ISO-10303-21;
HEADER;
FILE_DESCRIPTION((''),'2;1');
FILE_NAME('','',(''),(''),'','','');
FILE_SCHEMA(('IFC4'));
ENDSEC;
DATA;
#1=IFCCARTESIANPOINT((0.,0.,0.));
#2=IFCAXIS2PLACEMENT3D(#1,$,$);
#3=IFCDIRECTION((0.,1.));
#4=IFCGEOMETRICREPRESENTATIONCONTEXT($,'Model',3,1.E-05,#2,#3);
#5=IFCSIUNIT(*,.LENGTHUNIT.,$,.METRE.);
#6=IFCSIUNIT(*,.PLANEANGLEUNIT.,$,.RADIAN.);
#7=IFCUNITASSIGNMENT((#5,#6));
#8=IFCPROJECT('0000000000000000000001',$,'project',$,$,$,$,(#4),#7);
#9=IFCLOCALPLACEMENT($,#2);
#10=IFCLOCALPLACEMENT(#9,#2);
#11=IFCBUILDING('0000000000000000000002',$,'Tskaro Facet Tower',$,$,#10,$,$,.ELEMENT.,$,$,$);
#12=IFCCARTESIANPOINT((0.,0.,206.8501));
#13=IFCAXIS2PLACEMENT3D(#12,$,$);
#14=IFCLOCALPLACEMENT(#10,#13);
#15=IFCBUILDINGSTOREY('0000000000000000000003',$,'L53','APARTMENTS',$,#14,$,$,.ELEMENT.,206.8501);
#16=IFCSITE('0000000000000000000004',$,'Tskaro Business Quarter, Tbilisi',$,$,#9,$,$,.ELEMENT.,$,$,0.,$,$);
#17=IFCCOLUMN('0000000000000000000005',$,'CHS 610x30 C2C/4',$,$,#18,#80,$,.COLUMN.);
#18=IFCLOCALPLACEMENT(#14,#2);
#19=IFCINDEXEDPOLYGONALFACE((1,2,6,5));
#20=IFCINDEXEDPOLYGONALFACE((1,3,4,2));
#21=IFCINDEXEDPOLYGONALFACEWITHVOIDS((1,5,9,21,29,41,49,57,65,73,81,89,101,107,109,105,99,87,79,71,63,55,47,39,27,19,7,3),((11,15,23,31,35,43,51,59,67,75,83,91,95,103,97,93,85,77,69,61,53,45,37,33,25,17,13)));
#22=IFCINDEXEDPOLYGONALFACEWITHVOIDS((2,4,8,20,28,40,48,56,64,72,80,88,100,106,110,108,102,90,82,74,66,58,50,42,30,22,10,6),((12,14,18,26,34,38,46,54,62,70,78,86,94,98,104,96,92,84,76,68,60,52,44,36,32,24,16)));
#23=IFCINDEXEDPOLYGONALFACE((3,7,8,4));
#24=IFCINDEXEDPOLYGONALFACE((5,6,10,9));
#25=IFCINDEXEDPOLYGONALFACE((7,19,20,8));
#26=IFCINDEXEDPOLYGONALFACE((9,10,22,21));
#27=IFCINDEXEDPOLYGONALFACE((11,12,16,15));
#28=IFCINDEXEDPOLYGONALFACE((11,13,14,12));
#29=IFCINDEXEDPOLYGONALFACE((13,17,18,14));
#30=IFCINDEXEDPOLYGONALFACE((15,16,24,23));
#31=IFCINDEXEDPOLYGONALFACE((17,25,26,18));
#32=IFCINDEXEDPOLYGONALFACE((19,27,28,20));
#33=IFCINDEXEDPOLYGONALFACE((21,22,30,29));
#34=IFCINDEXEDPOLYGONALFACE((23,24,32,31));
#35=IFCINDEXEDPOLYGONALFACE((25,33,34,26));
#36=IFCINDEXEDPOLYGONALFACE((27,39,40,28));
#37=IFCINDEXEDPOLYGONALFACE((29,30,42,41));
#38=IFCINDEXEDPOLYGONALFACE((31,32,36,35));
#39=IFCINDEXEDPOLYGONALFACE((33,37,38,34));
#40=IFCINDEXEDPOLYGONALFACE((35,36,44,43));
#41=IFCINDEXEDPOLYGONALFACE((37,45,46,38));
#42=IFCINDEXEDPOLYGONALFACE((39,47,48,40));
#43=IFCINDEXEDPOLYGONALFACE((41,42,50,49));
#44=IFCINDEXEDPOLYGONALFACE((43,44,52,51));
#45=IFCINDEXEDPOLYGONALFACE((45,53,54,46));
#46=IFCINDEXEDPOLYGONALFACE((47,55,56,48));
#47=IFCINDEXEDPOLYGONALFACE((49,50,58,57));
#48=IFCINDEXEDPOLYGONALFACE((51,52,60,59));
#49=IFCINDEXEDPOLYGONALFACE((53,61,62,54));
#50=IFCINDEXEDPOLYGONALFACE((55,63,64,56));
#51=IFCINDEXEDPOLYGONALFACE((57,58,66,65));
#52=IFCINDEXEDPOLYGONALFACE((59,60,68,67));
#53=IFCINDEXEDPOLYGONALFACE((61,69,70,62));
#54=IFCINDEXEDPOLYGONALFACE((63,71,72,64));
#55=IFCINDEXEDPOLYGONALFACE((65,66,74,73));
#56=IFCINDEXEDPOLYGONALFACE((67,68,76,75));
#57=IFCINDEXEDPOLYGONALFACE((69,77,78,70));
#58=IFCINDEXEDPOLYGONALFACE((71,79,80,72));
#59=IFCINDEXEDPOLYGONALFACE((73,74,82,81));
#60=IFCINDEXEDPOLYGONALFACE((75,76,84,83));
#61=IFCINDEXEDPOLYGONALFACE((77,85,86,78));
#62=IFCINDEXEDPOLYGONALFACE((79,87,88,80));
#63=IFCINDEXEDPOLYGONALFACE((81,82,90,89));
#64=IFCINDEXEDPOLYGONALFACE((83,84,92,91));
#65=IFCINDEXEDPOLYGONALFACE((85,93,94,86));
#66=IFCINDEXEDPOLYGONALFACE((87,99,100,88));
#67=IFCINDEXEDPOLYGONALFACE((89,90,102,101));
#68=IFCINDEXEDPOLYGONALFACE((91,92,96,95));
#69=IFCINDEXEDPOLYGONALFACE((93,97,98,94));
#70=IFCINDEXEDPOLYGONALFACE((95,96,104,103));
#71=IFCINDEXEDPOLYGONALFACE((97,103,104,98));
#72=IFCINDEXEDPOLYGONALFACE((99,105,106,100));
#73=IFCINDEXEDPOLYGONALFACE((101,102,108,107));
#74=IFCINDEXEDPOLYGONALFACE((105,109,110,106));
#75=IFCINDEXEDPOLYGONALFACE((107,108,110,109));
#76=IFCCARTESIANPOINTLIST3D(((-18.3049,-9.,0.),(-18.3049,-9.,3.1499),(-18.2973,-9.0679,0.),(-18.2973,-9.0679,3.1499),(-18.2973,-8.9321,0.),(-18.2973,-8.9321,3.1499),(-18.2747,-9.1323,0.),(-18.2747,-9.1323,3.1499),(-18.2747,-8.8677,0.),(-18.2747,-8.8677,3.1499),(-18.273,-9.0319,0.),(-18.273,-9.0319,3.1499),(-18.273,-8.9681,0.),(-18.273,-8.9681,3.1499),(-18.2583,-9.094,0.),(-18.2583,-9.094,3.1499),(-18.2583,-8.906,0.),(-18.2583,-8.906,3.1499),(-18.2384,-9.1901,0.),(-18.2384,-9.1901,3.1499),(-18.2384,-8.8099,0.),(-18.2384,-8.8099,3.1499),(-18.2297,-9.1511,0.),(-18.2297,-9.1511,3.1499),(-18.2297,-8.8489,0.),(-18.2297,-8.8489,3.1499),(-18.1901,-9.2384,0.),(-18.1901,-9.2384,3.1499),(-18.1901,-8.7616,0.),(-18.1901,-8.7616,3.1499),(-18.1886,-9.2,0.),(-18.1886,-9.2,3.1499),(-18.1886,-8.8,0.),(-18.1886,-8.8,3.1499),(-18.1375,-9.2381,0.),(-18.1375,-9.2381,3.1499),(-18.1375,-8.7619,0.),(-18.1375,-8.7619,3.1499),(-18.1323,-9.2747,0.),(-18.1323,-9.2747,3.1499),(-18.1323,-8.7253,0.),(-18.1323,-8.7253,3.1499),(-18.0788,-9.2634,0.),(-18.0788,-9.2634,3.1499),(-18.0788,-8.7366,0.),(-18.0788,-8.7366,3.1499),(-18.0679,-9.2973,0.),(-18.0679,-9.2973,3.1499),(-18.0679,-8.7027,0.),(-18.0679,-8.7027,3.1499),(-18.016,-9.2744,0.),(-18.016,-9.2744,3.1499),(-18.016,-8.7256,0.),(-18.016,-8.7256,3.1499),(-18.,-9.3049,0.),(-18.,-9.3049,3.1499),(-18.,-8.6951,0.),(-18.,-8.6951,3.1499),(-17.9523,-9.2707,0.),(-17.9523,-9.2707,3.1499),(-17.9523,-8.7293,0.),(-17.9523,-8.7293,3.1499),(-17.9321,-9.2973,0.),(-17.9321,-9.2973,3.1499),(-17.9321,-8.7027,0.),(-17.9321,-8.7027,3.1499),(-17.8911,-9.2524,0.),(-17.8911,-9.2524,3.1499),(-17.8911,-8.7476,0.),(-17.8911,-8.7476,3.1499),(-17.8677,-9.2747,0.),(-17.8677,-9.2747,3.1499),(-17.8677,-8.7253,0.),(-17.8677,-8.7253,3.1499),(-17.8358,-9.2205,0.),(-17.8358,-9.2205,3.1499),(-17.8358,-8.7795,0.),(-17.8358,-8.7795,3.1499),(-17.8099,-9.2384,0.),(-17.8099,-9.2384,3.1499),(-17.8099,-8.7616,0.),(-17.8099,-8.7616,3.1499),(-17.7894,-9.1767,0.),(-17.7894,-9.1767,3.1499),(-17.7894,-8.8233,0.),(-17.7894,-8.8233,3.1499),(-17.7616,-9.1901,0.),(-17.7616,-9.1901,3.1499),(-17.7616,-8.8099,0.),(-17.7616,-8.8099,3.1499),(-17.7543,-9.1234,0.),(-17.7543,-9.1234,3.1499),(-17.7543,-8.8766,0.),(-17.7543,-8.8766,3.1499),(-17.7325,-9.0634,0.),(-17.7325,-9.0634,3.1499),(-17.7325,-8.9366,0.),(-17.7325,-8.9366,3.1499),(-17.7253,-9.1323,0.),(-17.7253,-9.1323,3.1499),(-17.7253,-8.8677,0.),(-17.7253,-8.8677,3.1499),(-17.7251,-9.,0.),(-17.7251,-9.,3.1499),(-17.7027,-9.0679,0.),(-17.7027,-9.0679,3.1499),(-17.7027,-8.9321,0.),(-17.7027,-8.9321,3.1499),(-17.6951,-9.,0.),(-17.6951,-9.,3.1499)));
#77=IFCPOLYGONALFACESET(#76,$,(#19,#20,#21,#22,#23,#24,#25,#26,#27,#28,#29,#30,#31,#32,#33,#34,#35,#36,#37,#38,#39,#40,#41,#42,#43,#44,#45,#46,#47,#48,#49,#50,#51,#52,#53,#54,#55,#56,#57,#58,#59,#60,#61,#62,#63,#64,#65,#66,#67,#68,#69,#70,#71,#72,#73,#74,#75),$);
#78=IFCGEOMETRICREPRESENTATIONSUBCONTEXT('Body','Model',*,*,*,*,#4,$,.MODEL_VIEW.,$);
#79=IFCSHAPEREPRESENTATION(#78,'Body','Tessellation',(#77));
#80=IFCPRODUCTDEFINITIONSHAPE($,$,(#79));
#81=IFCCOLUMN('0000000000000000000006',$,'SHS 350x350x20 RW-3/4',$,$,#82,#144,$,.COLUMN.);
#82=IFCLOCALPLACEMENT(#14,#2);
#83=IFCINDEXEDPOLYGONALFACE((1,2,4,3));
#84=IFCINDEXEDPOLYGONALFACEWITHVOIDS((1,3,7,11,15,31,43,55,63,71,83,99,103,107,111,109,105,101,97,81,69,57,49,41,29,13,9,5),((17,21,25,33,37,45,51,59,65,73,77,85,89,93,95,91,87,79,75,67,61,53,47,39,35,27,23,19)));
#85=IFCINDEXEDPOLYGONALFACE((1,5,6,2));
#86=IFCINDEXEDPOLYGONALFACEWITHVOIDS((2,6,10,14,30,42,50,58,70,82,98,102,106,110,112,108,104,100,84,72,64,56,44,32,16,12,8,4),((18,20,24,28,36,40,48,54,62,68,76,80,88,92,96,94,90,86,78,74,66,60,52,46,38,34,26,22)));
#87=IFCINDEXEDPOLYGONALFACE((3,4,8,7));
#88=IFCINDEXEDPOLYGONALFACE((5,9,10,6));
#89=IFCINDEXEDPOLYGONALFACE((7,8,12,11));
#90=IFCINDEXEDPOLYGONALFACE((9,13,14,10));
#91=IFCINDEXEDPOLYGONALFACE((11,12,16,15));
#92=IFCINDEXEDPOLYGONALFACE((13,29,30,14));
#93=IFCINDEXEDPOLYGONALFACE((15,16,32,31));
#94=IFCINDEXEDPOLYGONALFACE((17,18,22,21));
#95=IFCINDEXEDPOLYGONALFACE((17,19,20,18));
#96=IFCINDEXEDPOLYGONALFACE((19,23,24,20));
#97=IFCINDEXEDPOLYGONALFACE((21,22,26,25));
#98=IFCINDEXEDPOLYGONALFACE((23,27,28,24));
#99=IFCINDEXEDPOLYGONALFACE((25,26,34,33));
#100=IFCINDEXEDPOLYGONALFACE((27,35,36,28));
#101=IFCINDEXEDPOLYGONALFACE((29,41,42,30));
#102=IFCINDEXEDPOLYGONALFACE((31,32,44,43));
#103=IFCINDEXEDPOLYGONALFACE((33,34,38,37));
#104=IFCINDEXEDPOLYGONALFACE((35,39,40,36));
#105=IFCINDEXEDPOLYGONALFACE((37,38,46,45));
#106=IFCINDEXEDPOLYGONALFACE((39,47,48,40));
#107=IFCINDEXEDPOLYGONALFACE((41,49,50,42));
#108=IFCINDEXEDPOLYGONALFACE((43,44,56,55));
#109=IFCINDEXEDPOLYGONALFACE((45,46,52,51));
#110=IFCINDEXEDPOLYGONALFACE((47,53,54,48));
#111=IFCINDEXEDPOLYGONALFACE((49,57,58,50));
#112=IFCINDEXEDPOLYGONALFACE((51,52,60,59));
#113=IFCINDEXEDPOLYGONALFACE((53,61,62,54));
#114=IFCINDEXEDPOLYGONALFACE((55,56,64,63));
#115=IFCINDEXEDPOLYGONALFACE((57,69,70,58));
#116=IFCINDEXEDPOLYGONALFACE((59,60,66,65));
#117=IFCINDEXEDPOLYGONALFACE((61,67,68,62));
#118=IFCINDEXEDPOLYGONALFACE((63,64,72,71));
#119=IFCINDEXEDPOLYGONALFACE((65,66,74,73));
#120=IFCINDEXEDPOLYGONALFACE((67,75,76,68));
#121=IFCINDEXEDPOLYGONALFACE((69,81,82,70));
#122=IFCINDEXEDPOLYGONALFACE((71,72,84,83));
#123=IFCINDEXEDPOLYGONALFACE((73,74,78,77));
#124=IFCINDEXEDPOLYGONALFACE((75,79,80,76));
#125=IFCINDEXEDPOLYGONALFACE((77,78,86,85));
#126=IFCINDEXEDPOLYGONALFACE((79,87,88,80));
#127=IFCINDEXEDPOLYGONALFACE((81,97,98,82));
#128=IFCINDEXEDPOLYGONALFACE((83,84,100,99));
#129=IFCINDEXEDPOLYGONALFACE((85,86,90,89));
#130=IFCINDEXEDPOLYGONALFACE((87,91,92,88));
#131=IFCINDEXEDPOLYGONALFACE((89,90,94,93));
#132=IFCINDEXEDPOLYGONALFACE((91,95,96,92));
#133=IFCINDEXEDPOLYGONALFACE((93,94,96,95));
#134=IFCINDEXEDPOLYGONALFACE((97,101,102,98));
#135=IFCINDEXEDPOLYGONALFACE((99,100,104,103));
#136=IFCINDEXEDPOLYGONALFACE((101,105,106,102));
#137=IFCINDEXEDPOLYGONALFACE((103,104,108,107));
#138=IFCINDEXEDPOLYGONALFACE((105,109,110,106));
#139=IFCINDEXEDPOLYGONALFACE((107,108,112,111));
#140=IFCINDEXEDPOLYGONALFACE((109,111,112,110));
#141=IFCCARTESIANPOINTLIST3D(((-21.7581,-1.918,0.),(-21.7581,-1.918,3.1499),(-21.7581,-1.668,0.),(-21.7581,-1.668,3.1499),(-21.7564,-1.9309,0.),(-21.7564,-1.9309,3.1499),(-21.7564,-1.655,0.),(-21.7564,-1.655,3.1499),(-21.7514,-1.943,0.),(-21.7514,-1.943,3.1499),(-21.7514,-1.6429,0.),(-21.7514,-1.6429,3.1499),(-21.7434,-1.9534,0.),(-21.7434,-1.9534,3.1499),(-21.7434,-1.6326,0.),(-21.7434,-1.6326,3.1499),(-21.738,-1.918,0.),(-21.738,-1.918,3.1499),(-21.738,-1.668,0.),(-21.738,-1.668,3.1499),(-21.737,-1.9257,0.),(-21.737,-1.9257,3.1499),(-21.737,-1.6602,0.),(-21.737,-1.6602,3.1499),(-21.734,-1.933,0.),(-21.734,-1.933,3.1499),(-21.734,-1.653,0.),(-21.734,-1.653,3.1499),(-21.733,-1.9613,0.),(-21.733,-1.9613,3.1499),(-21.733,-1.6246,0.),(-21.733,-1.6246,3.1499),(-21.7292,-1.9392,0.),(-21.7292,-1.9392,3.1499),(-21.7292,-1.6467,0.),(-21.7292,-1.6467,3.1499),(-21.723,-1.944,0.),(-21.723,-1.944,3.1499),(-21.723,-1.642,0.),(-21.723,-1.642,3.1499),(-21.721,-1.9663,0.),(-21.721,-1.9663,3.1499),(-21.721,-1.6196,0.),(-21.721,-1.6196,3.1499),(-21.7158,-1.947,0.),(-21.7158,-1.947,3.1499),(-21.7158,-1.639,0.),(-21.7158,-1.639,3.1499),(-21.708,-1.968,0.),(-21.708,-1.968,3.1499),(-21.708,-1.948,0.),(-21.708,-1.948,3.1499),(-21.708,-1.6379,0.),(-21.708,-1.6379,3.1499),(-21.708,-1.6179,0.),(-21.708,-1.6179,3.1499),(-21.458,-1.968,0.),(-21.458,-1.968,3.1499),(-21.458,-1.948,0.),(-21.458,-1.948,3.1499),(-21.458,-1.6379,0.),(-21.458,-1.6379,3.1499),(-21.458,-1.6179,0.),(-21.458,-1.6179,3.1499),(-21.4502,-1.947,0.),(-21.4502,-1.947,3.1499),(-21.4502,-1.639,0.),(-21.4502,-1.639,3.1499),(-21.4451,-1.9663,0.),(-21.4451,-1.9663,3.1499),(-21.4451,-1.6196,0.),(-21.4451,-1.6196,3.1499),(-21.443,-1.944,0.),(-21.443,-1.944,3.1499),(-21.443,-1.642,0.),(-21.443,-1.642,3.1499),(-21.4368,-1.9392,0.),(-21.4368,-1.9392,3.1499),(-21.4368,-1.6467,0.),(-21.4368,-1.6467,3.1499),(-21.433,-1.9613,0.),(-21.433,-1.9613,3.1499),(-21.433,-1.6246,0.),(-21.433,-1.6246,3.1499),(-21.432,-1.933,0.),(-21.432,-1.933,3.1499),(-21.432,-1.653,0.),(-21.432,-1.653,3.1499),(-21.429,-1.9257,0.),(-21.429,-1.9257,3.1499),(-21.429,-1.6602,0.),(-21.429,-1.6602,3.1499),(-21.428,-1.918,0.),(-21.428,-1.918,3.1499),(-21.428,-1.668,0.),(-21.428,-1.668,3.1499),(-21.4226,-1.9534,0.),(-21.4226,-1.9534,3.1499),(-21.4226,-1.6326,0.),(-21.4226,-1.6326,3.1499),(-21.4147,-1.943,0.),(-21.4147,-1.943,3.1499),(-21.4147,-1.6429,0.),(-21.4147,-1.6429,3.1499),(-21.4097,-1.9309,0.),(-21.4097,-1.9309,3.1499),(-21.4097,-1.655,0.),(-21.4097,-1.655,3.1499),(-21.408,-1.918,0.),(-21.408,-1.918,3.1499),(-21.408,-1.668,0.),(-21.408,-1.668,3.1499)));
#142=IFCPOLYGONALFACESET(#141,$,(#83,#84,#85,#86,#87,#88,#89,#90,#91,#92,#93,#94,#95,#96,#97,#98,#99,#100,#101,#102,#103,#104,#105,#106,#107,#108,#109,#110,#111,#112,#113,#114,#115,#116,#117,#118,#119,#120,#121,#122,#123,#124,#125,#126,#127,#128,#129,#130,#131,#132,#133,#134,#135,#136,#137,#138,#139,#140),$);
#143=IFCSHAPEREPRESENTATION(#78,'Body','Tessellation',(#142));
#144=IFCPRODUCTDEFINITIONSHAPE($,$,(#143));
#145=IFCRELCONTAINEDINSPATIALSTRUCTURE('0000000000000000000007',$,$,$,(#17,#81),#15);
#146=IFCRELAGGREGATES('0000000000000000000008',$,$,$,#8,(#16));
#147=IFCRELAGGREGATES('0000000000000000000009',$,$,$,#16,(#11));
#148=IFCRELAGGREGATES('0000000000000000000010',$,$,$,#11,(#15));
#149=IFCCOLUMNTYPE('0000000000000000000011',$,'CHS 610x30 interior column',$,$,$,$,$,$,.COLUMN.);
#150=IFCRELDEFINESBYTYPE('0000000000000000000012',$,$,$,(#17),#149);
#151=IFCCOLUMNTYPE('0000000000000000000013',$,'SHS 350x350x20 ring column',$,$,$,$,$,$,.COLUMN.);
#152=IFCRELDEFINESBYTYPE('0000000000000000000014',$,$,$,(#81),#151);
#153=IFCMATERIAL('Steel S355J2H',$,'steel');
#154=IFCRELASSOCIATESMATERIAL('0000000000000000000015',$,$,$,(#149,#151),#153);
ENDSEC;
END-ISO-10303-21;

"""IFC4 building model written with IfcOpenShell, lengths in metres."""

from ifc_helpers import new_model, si_unit, direction, frame, origin, origin_2d, place, context, subcontext, project, spatial, hollow_rectangle, hollow_circle, extrude, material, material_profile, profile_set, type_object, element, save


model = new_model("IFC4")

# Units and contexts
model_context = context("Model", 3, precision=1e-05, world=origin(), true_north=direction((0.0, 1.0)))
body_context = subcontext(model_context, "Body", "Model", "MODEL_VIEW")
ifc_project = project(units=[si_unit("LENGTHUNIT", "METRE"), si_unit("PLANEANGLEUNIT", "RADIAN")], contexts=[model_context])

# Site, building, storey
site_placement = place(None, origin())
site = spatial("IfcSite", under=ifc_project, at=site_placement, Name="Tskaro Business Quarter, Tbilisi", CompositionType="ELEMENT", RefElevation=0.0)
building_placement = place(site_placement, origin())
building = spatial("IfcBuilding", under=site, at=building_placement, Name="Tskaro Facet Tower", CompositionType="ELEMENT")
storey_placement = place(building_placement, frame((0.0, 0.0, 206.8501)))
storey = spatial("IfcBuildingStorey", under=building, at=storey_placement, Name="L53", Description="APARTMENTS", CompositionType="ELEMENT", Elevation=206.8501)

# Columns
ifc_material_1 = material(Name="Steel S355J2H", Category="steel")
ifc_material_profile_1 = material_profile(ifc_material_1, hollow_circle(Radius=0.3049, WallThickness=0.03, at=origin_2d()), Name="CHS 610x30")
ifc_profile_set_1 = profile_set([ifc_material_profile_1], Name="Steel S355J2H")
column_type_1 = type_object("IfcColumnType", Name="CHS 610x30 interior column", PredefinedType="COLUMN", material=ifc_profile_set_1)
column_placement = place(storey_placement, frame((-18.0, -9.0, 0.0), z_axis=(0.0, 0.0, 1.0), x_axis=(1.0, 0.0, 0.0)))
element("IfcColumn", 1, at=column_placement, inside=storey, type_object=column_type_1, Name="CHS 610x30 C2C/4", PredefinedType="COLUMN", context=body_context, shape_type="SweptSolid", body=[
    extrude(hollow_circle(Radius=0.3049, WallThickness=0.03, at=origin_2d()), origin(), (0.0, 0.0, 1.0), 3.1499),
])
ifc_material_profile_2 = material_profile(ifc_material_1, hollow_rectangle(XDim=0.3501, YDim=0.3501, WallThickness=0.02, InnerFilletRadius=0.03, OuterFilletRadius=0.05, at=origin_2d()), Name="SHS 350x350x20")
ifc_profile_set_2 = profile_set([ifc_material_profile_2], Name="Steel S355J2H")
column_type_2 = type_object("IfcColumnType", Name="SHS 350x350x20 ring column", PredefinedType="COLUMN", material=ifc_profile_set_2)
for number, where, z_axis, x_axis, name in (
    (2, (-21.583, -1.793, 0.0), (0.0, 0.0, 1.0), (1.0, 0.0, 0.0), "SHS 350x350x20 RW-3/4"),
):
    element("IfcColumn", number, at=place(storey_placement, frame(where, z_axis=z_axis, x_axis=x_axis)), inside=storey, type_object=column_type_2, Name=name, PredefinedType="COLUMN", context=body_context, shape_type="SweptSolid", body=[
        extrude(hollow_rectangle(XDim=0.3501, YDim=0.3501, WallThickness=0.02, InnerFilletRadius=0.03, OuterFilletRadius=0.05, at=origin_2d()), origin(), (0.0, 0.0, 1.0), 3.1499),
    ])

save(model, "model.ifc")
